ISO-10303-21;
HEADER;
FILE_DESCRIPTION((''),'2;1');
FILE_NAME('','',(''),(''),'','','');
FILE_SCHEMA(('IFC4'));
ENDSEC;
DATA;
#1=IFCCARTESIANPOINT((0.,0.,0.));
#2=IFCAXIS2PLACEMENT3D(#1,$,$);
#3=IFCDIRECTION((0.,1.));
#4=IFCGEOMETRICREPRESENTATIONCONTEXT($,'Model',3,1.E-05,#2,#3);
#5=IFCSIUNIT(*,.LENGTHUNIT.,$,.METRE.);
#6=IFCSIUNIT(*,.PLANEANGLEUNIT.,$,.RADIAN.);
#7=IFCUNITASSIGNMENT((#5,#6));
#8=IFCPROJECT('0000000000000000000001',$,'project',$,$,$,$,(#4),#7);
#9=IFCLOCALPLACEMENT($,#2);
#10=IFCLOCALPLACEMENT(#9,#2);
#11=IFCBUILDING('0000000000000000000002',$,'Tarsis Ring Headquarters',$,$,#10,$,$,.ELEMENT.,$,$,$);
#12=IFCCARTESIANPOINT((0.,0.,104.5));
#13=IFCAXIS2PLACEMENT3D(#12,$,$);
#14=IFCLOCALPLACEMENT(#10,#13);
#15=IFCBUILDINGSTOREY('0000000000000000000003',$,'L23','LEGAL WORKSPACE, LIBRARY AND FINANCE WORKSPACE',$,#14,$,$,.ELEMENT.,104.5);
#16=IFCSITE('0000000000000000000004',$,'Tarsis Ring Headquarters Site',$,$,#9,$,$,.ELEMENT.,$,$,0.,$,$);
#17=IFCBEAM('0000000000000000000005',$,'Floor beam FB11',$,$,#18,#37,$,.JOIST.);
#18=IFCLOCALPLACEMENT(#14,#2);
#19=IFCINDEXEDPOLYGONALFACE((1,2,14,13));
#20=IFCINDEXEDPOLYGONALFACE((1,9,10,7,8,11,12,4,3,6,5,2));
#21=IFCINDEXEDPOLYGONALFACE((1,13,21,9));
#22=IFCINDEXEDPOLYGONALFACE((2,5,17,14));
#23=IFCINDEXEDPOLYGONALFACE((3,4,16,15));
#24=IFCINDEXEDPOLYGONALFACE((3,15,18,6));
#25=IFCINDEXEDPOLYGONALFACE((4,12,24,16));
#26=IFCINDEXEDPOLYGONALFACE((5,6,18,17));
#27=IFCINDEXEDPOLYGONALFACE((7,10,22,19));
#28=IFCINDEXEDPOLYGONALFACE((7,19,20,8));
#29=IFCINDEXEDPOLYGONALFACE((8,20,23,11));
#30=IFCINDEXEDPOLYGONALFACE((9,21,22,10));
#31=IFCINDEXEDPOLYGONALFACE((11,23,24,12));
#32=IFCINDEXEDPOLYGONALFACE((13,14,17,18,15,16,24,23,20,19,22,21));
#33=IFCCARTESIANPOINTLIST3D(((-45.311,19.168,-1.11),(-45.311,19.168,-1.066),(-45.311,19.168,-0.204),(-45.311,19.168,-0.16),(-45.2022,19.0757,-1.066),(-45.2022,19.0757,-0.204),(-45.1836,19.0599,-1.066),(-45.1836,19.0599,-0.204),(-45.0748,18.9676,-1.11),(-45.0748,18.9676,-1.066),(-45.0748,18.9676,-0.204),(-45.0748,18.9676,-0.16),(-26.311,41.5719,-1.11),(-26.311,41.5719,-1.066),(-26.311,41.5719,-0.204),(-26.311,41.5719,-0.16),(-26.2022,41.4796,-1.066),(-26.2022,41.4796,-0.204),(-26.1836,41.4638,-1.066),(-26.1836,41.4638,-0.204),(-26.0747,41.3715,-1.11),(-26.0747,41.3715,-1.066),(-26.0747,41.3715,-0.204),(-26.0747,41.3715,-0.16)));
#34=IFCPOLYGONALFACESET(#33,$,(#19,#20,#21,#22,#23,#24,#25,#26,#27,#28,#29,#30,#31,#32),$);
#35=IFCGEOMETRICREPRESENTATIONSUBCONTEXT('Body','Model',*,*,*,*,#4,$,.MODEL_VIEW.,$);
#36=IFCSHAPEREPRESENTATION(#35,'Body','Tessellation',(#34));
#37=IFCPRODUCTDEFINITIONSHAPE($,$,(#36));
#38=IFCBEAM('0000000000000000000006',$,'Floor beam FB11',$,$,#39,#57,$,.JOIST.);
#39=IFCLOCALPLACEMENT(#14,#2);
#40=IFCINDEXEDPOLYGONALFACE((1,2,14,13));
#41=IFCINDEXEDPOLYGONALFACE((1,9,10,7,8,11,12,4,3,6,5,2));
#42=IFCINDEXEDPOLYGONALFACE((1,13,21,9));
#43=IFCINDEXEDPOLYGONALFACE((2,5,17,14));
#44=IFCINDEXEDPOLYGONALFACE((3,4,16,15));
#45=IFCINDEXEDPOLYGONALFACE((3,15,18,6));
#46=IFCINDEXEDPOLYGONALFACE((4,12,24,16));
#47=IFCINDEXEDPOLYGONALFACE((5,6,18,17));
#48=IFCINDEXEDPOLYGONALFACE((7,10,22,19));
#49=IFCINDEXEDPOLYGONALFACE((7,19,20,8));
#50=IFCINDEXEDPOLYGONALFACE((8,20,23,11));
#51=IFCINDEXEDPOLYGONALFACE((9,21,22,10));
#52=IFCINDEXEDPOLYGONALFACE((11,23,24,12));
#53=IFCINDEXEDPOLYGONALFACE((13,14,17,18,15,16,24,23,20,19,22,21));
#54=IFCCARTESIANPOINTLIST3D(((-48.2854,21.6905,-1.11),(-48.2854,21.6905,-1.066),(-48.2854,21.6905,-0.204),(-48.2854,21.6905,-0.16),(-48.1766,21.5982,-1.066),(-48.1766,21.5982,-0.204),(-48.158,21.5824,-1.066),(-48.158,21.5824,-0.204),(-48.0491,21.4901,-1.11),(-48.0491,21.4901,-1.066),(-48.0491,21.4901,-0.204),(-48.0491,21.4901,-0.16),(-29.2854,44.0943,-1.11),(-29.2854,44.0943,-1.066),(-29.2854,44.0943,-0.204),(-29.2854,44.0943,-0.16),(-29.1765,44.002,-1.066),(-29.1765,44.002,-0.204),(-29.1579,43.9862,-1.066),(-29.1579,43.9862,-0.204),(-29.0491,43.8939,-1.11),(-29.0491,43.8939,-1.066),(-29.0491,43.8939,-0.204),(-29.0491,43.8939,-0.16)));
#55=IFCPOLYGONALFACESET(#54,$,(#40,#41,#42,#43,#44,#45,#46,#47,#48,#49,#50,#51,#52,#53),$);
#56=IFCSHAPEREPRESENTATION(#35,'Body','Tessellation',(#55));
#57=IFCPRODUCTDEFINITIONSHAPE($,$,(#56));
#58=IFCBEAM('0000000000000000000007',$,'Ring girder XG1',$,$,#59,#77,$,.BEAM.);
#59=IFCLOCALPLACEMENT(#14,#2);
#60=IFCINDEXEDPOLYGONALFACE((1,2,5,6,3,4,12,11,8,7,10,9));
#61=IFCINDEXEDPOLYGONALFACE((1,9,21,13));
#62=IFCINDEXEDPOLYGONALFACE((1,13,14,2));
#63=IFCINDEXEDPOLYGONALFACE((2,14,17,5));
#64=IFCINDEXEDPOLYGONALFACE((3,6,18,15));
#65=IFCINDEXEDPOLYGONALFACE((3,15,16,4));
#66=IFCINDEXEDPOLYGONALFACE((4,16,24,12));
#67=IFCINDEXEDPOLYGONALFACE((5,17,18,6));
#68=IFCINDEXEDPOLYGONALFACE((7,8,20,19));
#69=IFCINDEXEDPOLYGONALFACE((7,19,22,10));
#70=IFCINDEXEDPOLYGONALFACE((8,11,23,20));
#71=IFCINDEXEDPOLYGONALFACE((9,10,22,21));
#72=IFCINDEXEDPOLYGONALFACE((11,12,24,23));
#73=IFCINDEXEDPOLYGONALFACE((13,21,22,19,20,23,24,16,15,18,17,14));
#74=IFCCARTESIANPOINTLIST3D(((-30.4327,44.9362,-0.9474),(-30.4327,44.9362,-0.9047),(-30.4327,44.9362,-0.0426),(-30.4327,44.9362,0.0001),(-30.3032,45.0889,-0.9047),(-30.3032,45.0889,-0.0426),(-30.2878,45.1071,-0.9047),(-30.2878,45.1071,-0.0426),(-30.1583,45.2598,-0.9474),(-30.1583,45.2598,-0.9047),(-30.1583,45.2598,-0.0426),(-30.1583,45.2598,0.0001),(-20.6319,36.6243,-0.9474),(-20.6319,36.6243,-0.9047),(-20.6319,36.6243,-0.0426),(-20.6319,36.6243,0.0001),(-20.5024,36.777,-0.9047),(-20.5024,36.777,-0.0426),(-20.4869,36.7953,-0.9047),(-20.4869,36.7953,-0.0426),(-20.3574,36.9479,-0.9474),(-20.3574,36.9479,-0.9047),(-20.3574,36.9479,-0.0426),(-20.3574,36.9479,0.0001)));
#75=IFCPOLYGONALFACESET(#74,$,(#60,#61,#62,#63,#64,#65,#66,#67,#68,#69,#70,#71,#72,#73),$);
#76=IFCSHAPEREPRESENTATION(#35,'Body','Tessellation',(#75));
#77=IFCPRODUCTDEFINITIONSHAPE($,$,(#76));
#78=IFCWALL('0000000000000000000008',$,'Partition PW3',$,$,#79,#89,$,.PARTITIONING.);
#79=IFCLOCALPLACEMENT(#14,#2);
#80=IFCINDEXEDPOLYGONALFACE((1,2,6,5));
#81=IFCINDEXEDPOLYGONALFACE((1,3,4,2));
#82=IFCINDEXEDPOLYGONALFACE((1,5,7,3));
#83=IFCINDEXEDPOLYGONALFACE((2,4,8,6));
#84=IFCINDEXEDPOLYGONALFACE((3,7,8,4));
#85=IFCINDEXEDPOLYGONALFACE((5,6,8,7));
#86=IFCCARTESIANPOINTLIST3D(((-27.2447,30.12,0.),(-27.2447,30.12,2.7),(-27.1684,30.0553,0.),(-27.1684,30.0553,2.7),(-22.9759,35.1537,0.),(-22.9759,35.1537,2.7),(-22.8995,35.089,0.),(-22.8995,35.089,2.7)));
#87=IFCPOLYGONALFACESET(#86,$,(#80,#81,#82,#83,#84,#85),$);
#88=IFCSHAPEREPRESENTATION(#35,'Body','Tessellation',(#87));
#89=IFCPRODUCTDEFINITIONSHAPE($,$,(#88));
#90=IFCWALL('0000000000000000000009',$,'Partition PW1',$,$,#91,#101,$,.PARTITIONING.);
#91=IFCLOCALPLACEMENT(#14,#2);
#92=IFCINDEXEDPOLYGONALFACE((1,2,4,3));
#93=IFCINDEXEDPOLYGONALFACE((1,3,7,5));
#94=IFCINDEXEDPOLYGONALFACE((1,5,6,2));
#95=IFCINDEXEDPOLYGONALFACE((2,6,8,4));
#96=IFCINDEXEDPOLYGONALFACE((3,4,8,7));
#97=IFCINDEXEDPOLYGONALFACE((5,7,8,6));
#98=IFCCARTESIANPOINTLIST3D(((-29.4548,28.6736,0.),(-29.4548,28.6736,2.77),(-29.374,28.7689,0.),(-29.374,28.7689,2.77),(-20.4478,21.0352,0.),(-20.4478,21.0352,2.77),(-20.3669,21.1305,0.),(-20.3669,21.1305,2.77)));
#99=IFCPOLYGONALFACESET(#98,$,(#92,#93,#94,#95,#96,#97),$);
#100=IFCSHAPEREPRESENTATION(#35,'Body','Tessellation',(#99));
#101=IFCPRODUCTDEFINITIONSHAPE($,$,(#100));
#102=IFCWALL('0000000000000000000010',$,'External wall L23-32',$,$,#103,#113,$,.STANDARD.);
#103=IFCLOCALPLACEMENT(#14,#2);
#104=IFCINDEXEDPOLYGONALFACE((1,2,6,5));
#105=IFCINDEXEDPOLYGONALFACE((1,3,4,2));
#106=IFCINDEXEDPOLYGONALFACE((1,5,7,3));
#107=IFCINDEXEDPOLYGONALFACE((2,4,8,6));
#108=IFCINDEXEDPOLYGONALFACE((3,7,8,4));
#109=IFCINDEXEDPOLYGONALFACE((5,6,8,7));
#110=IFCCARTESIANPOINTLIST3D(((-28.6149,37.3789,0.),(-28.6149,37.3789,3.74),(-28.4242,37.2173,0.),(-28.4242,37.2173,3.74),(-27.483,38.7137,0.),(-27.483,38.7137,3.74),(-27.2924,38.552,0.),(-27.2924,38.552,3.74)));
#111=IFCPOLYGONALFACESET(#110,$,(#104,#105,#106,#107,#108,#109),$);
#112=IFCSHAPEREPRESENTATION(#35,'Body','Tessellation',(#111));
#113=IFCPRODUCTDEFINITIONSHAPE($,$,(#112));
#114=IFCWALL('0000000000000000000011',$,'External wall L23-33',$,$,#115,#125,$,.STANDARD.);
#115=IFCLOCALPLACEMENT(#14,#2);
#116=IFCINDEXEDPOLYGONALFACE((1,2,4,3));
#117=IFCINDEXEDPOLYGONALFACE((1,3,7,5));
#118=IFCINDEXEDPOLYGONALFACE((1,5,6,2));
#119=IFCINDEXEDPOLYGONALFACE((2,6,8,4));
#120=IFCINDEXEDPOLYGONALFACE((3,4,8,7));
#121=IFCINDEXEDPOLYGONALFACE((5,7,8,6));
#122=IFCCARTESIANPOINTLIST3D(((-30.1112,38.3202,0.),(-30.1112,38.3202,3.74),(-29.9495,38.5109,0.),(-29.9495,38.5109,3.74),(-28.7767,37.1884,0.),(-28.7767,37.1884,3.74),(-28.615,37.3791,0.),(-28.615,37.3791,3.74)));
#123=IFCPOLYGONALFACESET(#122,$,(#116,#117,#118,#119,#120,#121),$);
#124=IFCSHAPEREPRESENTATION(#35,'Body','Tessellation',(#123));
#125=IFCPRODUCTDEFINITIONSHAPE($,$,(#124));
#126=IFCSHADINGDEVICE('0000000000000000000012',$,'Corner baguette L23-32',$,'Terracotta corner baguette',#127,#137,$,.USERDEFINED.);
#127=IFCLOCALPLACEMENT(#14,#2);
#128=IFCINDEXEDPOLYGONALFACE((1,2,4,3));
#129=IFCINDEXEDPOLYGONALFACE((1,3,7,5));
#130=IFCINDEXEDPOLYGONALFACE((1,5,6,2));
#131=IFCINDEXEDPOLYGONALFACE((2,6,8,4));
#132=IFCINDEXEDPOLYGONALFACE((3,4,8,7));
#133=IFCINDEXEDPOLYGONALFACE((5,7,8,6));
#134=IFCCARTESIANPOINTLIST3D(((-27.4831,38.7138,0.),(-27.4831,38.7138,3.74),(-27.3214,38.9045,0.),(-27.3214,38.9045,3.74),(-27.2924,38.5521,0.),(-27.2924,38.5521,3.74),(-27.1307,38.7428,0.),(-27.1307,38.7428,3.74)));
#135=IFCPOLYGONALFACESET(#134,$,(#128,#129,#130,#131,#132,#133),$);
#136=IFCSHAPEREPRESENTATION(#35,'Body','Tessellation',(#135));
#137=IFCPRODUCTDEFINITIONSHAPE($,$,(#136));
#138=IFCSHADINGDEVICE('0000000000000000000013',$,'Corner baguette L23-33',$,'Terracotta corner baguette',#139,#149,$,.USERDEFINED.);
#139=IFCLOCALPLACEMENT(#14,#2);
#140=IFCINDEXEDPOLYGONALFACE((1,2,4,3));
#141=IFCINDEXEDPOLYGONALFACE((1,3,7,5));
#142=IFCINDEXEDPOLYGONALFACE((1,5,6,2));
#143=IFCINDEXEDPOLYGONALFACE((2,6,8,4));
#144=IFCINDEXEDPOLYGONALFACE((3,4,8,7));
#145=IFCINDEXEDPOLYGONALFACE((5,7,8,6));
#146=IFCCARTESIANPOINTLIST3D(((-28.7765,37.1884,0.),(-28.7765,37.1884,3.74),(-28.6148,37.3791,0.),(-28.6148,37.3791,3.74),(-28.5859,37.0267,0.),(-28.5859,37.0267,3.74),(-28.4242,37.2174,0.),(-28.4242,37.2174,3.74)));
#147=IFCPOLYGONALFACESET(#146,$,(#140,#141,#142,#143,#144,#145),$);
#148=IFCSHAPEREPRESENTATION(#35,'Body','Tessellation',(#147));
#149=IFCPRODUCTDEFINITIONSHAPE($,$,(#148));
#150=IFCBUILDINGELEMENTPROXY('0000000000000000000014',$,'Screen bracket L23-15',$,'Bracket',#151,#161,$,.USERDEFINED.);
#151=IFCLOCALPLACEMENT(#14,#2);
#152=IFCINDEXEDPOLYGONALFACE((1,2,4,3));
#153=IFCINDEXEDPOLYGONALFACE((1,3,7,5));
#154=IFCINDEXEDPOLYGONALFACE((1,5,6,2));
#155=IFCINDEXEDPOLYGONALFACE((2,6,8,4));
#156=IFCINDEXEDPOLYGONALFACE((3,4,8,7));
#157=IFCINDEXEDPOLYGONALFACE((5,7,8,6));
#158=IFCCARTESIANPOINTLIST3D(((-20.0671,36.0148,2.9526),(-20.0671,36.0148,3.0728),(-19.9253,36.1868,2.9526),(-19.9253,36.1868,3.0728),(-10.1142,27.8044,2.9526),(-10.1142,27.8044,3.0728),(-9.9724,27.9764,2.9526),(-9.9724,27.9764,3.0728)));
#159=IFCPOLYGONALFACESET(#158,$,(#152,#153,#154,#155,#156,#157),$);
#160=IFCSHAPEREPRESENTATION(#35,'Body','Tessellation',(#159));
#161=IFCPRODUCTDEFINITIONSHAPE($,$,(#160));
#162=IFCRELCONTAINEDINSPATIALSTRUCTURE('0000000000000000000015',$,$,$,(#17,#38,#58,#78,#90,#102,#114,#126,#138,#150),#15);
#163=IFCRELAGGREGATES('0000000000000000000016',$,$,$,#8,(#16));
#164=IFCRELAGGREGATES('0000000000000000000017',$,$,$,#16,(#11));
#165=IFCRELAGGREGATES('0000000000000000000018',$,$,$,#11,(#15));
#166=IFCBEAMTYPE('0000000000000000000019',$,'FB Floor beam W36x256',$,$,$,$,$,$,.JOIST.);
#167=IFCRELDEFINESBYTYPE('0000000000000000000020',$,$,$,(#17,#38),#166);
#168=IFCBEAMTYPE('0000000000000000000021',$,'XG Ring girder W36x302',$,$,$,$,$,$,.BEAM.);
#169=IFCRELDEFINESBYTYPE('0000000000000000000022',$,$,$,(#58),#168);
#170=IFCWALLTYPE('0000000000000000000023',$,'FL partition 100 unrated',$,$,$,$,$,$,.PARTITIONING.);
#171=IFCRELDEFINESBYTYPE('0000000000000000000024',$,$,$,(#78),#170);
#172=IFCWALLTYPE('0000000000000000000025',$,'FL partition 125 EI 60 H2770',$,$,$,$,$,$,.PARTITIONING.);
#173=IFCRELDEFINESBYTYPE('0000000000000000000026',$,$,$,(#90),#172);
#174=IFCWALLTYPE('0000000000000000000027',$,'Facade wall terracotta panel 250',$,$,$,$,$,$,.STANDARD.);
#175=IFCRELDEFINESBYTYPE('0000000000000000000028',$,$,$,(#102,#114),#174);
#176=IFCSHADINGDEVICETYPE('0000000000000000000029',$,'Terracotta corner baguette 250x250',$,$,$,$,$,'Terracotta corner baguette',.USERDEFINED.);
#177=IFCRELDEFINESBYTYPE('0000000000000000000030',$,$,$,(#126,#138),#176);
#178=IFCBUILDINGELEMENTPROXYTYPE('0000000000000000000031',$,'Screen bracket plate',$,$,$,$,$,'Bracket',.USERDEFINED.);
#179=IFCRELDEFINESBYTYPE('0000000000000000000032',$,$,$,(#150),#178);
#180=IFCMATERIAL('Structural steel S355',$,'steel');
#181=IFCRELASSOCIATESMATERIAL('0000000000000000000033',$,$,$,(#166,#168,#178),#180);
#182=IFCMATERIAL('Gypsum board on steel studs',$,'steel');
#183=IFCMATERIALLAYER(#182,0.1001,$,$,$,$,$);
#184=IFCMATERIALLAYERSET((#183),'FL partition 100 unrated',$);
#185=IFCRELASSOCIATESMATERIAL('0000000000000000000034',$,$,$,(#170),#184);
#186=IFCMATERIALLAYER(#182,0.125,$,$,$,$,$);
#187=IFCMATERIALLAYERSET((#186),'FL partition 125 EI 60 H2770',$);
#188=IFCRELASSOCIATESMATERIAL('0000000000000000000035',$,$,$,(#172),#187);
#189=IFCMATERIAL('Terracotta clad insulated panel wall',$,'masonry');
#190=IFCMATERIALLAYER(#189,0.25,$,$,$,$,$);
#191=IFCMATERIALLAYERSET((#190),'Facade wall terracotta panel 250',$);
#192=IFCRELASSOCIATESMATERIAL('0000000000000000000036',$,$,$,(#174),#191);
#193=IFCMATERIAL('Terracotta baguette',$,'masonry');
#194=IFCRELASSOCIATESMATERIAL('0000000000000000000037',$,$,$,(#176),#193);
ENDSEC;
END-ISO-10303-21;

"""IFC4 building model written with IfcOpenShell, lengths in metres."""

from ifc_helpers import new_model, si_unit, direction, frame, frame_2d, origin, origin_2d, place, context, subcontext, project, spatial, rectangle, i_section, extrude, material, layer, layer_set, material_profile, profile_set, type_object, element, save


model = new_model("IFC4")

# Units and contexts
model_context = context("Model", 3, precision=1e-05, world=origin(), true_north=direction((0.0, 1.0)))
body_context = subcontext(model_context, "Body", "Model", "MODEL_VIEW")
ifc_project = project(units=[si_unit("LENGTHUNIT", "METRE"), si_unit("PLANEANGLEUNIT", "RADIAN")], contexts=[model_context])

# Site, building, storey
site_placement = place(None, origin())
site = spatial("IfcSite", under=ifc_project, at=site_placement, Name="Tarsis Ring Headquarters Site", CompositionType="ELEMENT", RefElevation=0.0)
building_placement = place(site_placement, origin())
building = spatial("IfcBuilding", under=site, at=building_placement, Name="Tarsis Ring Headquarters", CompositionType="ELEMENT")
storey_placement = place(building_placement, frame((0.0, 0.0, 104.5)))
storey = spatial("IfcBuildingStorey", under=building, at=storey_placement, Name="L23", Description="LEGAL WORKSPACE, LIBRARY AND FINANCE WORKSPACE", CompositionType="ELEMENT", Elevation=104.5)

# Shared definitions
ifc_material_1 = material(Name="Structural steel S355", Category="steel")

# Beams
ifc_material_profile_1 = material_profile(ifc_material_1, i_section(OverallWidth=0.3098, OverallDepth=0.95, WebThickness=0.0244, FlangeThickness=0.0439, at=origin_2d()), Name="W36x256")
ifc_profile_set_1 = profile_set([ifc_material_profile_1], Name="Structural steel S355")
beam_type_1 = type_object("IfcBeamType", Name="FB Floor beam W36x256", PredefinedType="JOIST", material=ifc_profile_set_1)
for number, where, z_axis, x_axis, name in (
    (1, (-26.1929, 41.4717, -0.635), (-0.646794, -0.762665, 0.0), (0.762665, -0.646794, 0.0), "Floor beam FB11"),
    (2, (-29.1672, 43.9941, -0.635), (-0.646794, -0.762665, 0.0), (0.762665, -0.646794, 0.0), "Floor beam FB11"),
):
    element("IfcBeam", number, at=place(storey_placement, frame(where, z_axis=z_axis, x_axis=x_axis)), inside=storey, type_object=beam_type_1, Name=name, PredefinedType="JOIST", context=body_context, shape_type="SweptSolid", body=[
        extrude(i_section(OverallWidth=0.3098, OverallDepth=0.95, WebThickness=0.0244, FlangeThickness=0.0439, at=origin_2d()), origin(), (0.0, 0.0, 1.0), 29.3757),
    ])
ifc_material_profile_2 = material_profile(ifc_material_1, i_section(OverallWidth=0.4243, OverallDepth=0.9475, WebThickness=0.0239, FlangeThickness=0.0427, at=origin_2d()), Name="W36x302")
ifc_profile_set_2 = profile_set([ifc_material_profile_2], Name="Structural steel S355")
beam_type_2 = type_object("IfcBeamType", Name="XG Ring girder W36x302", PredefinedType="BEAM", material=ifc_profile_set_2)
beam_1_placement = place(storey_placement, frame((-20.4946, 36.7861, -0.4736), z_axis=(-0.762664, 0.646794, 0.0), x_axis=(-0.646794, -0.762664, 0.0)))
element("IfcBeam", 3, at=beam_1_placement, inside=storey, type_object=beam_type_2, Name="Ring girder XG1", PredefinedType="BEAM", context=body_context, shape_type="SweptSolid", body=[
    extrude(i_section(OverallWidth=0.4243, OverallDepth=0.9475, WebThickness=0.0239, FlangeThickness=0.0427, at=origin_2d()), origin(), (0.0, 0.0, 1.0), 12.8508),
])

# Walls
ifc_material_2 = material(Name="Gypsum board on steel studs", Category="steel")
ifc_layer_1 = layer(ifc_material_2, 0.1001)
ifc_layer_set_1 = layer_set([ifc_layer_1], Name="FL partition 100 unrated")
wall_type_1 = type_object("IfcWallType", Name="FL partition 100 unrated", PredefinedType="PARTITIONING", material=ifc_layer_set_1)
wall_1_placement = place(storey_placement, frame((-27.2065, 30.0876, 0.0), z_axis=(0.0, 0.0, 1.0), x_axis=(0.646783, 0.762674, 0.0)))
element("IfcWall", 4, at=wall_1_placement, inside=storey, type_object=wall_type_1, Name="Partition PW3", PredefinedType="PARTITIONING", context=body_context, shape_type="SweptSolid", body=[
    extrude(rectangle(XDim=6.6001, YDim=0.1001, at=frame_2d((3.3, 0.0))), origin(), (0.0, 0.0, 1.0), 2.7),
])
ifc_layer_2 = layer(ifc_material_2, 0.125)
ifc_layer_set_2 = layer_set([ifc_layer_2], Name="FL partition 125 EI 60 H2770")
wall_type_2 = type_object("IfcWallType", Name="FL partition 125 EI 60 H2770", PredefinedType="PARTITIONING", material=ifc_layer_set_2)
wall_2_placement = place(storey_placement, frame((-29.4143, 28.7212, 0.0), z_axis=(0.0, 0.0, 1.0), x_axis=(0.762674, -0.646783, 0.0)))
element("IfcWall", 5, at=wall_2_placement, inside=storey, type_object=wall_type_2, Name="Partition PW1", PredefinedType="PARTITIONING", context=body_context, shape_type="SweptSolid", body=[
    extrude(rectangle(XDim=11.8098, YDim=0.125, at=frame_2d((5.9048, 0.0))), origin(), (0.0, 0.0, 1.0), 2.77),
])
ifc_material_3 = material(Name="Terracotta clad insulated panel wall", Category="masonry")
ifc_layer_3 = layer(ifc_material_3, 0.25)
ifc_layer_set_3 = layer_set([ifc_layer_3], Name="Facade wall terracotta panel 250")
wall_type_3 = type_object("IfcWallType", Name="Facade wall terracotta panel 250", PredefinedType="STANDARD", material=ifc_layer_set_3)
wall_3_placement = place(storey_placement, frame((-27.3877, 38.6328, 0.0), z_axis=(0.0, 0.0, 1.0), x_axis=(-0.646761, -0.762693, 0.0)))
element("IfcWall", 6, at=wall_3_placement, inside=storey, type_object=wall_type_3, Name="External wall L23-32", PredefinedType="STANDARD", context=body_context, shape_type="SweptSolid", body=[
    extrude(rectangle(XDim=1.75, YDim=0.25, at=frame_2d((0.875, 0.0))), origin(), (0.0, 0.0, 1.0), 3.74),
])
wall_4_placement = place(storey_placement, frame((-28.6958, 37.2837, 0.0), z_axis=(0.0, 0.0, 1.0), x_axis=(-0.762634, 0.64683, 0.0)))
element("IfcWall", 7, at=wall_4_placement, inside=storey, type_object=wall_type_3, Name="External wall L23-33", PredefinedType="STANDARD", context=body_context, shape_type="SweptSolid", body=[
    extrude(rectangle(XDim=1.7498, YDim=0.25, at=frame_2d((0.875, 0.0))), origin(), (0.0, 0.0, 1.0), 3.74),
])

# Shading devices
ifc_material_4 = material(Name="Terracotta baguette", Category="masonry")
shading_device_type_1 = type_object("IfcShadingDeviceType", Name="Terracotta corner baguette 250x250", ElementType="Terracotta corner baguette", PredefinedType="USERDEFINED", material=ifc_material_4)
for number, where, z_axis, x_axis, name in (
    (8, (-27.3069, 38.7283, 0.0), (0.0, 0.0, 1.0), (-0.762668, 0.64679, 0.0), "Corner baguette L23-32"),
    (9, (-28.6003, 37.2029, 0.0), (0.0, 0.0, 1.0), (-0.64679, -0.762668, 0.0), "Corner baguette L23-33"),
):
    element("IfcShadingDevice", number, at=place(storey_placement, frame(where, z_axis=z_axis, x_axis=x_axis)), inside=storey, type_object=shading_device_type_1, Name=name, ObjectType="Terracotta corner baguette", PredefinedType="USERDEFINED", context=body_context, shape_type="SweptSolid", body=[
        extrude(rectangle(XDim=0.25, YDim=0.25, at=origin_2d()), origin(), (0.0, 0.0, 1.0), 3.74),
    ])

# Building element proxy
building_element_proxy_type = type_object("IfcBuildingElementProxyType", Name="Screen bracket plate", ElementType="Bracket", PredefinedType="USERDEFINED", material=ifc_material_1)
proxy_placement = place(storey_placement, frame((-15.0198, 31.9956, 2.9526), z_axis=(0.0, 0.0, 1.0), x_axis=(-0.771403, 0.636347, 0.0)))
element("IfcBuildingElementProxy", 10, at=proxy_placement, inside=storey, type_object=building_element_proxy_type, Name="Screen bracket L23-15", ObjectType="Bracket", PredefinedType="USERDEFINED", context=body_context, shape_type="SweptSolid", body=[
    extrude(rectangle(XDim=12.9023, YDim=0.2229, at=origin_2d()), origin(), (0.0, 0.0, 1.0), 0.1201),
])

save(model, "model.ifc")
